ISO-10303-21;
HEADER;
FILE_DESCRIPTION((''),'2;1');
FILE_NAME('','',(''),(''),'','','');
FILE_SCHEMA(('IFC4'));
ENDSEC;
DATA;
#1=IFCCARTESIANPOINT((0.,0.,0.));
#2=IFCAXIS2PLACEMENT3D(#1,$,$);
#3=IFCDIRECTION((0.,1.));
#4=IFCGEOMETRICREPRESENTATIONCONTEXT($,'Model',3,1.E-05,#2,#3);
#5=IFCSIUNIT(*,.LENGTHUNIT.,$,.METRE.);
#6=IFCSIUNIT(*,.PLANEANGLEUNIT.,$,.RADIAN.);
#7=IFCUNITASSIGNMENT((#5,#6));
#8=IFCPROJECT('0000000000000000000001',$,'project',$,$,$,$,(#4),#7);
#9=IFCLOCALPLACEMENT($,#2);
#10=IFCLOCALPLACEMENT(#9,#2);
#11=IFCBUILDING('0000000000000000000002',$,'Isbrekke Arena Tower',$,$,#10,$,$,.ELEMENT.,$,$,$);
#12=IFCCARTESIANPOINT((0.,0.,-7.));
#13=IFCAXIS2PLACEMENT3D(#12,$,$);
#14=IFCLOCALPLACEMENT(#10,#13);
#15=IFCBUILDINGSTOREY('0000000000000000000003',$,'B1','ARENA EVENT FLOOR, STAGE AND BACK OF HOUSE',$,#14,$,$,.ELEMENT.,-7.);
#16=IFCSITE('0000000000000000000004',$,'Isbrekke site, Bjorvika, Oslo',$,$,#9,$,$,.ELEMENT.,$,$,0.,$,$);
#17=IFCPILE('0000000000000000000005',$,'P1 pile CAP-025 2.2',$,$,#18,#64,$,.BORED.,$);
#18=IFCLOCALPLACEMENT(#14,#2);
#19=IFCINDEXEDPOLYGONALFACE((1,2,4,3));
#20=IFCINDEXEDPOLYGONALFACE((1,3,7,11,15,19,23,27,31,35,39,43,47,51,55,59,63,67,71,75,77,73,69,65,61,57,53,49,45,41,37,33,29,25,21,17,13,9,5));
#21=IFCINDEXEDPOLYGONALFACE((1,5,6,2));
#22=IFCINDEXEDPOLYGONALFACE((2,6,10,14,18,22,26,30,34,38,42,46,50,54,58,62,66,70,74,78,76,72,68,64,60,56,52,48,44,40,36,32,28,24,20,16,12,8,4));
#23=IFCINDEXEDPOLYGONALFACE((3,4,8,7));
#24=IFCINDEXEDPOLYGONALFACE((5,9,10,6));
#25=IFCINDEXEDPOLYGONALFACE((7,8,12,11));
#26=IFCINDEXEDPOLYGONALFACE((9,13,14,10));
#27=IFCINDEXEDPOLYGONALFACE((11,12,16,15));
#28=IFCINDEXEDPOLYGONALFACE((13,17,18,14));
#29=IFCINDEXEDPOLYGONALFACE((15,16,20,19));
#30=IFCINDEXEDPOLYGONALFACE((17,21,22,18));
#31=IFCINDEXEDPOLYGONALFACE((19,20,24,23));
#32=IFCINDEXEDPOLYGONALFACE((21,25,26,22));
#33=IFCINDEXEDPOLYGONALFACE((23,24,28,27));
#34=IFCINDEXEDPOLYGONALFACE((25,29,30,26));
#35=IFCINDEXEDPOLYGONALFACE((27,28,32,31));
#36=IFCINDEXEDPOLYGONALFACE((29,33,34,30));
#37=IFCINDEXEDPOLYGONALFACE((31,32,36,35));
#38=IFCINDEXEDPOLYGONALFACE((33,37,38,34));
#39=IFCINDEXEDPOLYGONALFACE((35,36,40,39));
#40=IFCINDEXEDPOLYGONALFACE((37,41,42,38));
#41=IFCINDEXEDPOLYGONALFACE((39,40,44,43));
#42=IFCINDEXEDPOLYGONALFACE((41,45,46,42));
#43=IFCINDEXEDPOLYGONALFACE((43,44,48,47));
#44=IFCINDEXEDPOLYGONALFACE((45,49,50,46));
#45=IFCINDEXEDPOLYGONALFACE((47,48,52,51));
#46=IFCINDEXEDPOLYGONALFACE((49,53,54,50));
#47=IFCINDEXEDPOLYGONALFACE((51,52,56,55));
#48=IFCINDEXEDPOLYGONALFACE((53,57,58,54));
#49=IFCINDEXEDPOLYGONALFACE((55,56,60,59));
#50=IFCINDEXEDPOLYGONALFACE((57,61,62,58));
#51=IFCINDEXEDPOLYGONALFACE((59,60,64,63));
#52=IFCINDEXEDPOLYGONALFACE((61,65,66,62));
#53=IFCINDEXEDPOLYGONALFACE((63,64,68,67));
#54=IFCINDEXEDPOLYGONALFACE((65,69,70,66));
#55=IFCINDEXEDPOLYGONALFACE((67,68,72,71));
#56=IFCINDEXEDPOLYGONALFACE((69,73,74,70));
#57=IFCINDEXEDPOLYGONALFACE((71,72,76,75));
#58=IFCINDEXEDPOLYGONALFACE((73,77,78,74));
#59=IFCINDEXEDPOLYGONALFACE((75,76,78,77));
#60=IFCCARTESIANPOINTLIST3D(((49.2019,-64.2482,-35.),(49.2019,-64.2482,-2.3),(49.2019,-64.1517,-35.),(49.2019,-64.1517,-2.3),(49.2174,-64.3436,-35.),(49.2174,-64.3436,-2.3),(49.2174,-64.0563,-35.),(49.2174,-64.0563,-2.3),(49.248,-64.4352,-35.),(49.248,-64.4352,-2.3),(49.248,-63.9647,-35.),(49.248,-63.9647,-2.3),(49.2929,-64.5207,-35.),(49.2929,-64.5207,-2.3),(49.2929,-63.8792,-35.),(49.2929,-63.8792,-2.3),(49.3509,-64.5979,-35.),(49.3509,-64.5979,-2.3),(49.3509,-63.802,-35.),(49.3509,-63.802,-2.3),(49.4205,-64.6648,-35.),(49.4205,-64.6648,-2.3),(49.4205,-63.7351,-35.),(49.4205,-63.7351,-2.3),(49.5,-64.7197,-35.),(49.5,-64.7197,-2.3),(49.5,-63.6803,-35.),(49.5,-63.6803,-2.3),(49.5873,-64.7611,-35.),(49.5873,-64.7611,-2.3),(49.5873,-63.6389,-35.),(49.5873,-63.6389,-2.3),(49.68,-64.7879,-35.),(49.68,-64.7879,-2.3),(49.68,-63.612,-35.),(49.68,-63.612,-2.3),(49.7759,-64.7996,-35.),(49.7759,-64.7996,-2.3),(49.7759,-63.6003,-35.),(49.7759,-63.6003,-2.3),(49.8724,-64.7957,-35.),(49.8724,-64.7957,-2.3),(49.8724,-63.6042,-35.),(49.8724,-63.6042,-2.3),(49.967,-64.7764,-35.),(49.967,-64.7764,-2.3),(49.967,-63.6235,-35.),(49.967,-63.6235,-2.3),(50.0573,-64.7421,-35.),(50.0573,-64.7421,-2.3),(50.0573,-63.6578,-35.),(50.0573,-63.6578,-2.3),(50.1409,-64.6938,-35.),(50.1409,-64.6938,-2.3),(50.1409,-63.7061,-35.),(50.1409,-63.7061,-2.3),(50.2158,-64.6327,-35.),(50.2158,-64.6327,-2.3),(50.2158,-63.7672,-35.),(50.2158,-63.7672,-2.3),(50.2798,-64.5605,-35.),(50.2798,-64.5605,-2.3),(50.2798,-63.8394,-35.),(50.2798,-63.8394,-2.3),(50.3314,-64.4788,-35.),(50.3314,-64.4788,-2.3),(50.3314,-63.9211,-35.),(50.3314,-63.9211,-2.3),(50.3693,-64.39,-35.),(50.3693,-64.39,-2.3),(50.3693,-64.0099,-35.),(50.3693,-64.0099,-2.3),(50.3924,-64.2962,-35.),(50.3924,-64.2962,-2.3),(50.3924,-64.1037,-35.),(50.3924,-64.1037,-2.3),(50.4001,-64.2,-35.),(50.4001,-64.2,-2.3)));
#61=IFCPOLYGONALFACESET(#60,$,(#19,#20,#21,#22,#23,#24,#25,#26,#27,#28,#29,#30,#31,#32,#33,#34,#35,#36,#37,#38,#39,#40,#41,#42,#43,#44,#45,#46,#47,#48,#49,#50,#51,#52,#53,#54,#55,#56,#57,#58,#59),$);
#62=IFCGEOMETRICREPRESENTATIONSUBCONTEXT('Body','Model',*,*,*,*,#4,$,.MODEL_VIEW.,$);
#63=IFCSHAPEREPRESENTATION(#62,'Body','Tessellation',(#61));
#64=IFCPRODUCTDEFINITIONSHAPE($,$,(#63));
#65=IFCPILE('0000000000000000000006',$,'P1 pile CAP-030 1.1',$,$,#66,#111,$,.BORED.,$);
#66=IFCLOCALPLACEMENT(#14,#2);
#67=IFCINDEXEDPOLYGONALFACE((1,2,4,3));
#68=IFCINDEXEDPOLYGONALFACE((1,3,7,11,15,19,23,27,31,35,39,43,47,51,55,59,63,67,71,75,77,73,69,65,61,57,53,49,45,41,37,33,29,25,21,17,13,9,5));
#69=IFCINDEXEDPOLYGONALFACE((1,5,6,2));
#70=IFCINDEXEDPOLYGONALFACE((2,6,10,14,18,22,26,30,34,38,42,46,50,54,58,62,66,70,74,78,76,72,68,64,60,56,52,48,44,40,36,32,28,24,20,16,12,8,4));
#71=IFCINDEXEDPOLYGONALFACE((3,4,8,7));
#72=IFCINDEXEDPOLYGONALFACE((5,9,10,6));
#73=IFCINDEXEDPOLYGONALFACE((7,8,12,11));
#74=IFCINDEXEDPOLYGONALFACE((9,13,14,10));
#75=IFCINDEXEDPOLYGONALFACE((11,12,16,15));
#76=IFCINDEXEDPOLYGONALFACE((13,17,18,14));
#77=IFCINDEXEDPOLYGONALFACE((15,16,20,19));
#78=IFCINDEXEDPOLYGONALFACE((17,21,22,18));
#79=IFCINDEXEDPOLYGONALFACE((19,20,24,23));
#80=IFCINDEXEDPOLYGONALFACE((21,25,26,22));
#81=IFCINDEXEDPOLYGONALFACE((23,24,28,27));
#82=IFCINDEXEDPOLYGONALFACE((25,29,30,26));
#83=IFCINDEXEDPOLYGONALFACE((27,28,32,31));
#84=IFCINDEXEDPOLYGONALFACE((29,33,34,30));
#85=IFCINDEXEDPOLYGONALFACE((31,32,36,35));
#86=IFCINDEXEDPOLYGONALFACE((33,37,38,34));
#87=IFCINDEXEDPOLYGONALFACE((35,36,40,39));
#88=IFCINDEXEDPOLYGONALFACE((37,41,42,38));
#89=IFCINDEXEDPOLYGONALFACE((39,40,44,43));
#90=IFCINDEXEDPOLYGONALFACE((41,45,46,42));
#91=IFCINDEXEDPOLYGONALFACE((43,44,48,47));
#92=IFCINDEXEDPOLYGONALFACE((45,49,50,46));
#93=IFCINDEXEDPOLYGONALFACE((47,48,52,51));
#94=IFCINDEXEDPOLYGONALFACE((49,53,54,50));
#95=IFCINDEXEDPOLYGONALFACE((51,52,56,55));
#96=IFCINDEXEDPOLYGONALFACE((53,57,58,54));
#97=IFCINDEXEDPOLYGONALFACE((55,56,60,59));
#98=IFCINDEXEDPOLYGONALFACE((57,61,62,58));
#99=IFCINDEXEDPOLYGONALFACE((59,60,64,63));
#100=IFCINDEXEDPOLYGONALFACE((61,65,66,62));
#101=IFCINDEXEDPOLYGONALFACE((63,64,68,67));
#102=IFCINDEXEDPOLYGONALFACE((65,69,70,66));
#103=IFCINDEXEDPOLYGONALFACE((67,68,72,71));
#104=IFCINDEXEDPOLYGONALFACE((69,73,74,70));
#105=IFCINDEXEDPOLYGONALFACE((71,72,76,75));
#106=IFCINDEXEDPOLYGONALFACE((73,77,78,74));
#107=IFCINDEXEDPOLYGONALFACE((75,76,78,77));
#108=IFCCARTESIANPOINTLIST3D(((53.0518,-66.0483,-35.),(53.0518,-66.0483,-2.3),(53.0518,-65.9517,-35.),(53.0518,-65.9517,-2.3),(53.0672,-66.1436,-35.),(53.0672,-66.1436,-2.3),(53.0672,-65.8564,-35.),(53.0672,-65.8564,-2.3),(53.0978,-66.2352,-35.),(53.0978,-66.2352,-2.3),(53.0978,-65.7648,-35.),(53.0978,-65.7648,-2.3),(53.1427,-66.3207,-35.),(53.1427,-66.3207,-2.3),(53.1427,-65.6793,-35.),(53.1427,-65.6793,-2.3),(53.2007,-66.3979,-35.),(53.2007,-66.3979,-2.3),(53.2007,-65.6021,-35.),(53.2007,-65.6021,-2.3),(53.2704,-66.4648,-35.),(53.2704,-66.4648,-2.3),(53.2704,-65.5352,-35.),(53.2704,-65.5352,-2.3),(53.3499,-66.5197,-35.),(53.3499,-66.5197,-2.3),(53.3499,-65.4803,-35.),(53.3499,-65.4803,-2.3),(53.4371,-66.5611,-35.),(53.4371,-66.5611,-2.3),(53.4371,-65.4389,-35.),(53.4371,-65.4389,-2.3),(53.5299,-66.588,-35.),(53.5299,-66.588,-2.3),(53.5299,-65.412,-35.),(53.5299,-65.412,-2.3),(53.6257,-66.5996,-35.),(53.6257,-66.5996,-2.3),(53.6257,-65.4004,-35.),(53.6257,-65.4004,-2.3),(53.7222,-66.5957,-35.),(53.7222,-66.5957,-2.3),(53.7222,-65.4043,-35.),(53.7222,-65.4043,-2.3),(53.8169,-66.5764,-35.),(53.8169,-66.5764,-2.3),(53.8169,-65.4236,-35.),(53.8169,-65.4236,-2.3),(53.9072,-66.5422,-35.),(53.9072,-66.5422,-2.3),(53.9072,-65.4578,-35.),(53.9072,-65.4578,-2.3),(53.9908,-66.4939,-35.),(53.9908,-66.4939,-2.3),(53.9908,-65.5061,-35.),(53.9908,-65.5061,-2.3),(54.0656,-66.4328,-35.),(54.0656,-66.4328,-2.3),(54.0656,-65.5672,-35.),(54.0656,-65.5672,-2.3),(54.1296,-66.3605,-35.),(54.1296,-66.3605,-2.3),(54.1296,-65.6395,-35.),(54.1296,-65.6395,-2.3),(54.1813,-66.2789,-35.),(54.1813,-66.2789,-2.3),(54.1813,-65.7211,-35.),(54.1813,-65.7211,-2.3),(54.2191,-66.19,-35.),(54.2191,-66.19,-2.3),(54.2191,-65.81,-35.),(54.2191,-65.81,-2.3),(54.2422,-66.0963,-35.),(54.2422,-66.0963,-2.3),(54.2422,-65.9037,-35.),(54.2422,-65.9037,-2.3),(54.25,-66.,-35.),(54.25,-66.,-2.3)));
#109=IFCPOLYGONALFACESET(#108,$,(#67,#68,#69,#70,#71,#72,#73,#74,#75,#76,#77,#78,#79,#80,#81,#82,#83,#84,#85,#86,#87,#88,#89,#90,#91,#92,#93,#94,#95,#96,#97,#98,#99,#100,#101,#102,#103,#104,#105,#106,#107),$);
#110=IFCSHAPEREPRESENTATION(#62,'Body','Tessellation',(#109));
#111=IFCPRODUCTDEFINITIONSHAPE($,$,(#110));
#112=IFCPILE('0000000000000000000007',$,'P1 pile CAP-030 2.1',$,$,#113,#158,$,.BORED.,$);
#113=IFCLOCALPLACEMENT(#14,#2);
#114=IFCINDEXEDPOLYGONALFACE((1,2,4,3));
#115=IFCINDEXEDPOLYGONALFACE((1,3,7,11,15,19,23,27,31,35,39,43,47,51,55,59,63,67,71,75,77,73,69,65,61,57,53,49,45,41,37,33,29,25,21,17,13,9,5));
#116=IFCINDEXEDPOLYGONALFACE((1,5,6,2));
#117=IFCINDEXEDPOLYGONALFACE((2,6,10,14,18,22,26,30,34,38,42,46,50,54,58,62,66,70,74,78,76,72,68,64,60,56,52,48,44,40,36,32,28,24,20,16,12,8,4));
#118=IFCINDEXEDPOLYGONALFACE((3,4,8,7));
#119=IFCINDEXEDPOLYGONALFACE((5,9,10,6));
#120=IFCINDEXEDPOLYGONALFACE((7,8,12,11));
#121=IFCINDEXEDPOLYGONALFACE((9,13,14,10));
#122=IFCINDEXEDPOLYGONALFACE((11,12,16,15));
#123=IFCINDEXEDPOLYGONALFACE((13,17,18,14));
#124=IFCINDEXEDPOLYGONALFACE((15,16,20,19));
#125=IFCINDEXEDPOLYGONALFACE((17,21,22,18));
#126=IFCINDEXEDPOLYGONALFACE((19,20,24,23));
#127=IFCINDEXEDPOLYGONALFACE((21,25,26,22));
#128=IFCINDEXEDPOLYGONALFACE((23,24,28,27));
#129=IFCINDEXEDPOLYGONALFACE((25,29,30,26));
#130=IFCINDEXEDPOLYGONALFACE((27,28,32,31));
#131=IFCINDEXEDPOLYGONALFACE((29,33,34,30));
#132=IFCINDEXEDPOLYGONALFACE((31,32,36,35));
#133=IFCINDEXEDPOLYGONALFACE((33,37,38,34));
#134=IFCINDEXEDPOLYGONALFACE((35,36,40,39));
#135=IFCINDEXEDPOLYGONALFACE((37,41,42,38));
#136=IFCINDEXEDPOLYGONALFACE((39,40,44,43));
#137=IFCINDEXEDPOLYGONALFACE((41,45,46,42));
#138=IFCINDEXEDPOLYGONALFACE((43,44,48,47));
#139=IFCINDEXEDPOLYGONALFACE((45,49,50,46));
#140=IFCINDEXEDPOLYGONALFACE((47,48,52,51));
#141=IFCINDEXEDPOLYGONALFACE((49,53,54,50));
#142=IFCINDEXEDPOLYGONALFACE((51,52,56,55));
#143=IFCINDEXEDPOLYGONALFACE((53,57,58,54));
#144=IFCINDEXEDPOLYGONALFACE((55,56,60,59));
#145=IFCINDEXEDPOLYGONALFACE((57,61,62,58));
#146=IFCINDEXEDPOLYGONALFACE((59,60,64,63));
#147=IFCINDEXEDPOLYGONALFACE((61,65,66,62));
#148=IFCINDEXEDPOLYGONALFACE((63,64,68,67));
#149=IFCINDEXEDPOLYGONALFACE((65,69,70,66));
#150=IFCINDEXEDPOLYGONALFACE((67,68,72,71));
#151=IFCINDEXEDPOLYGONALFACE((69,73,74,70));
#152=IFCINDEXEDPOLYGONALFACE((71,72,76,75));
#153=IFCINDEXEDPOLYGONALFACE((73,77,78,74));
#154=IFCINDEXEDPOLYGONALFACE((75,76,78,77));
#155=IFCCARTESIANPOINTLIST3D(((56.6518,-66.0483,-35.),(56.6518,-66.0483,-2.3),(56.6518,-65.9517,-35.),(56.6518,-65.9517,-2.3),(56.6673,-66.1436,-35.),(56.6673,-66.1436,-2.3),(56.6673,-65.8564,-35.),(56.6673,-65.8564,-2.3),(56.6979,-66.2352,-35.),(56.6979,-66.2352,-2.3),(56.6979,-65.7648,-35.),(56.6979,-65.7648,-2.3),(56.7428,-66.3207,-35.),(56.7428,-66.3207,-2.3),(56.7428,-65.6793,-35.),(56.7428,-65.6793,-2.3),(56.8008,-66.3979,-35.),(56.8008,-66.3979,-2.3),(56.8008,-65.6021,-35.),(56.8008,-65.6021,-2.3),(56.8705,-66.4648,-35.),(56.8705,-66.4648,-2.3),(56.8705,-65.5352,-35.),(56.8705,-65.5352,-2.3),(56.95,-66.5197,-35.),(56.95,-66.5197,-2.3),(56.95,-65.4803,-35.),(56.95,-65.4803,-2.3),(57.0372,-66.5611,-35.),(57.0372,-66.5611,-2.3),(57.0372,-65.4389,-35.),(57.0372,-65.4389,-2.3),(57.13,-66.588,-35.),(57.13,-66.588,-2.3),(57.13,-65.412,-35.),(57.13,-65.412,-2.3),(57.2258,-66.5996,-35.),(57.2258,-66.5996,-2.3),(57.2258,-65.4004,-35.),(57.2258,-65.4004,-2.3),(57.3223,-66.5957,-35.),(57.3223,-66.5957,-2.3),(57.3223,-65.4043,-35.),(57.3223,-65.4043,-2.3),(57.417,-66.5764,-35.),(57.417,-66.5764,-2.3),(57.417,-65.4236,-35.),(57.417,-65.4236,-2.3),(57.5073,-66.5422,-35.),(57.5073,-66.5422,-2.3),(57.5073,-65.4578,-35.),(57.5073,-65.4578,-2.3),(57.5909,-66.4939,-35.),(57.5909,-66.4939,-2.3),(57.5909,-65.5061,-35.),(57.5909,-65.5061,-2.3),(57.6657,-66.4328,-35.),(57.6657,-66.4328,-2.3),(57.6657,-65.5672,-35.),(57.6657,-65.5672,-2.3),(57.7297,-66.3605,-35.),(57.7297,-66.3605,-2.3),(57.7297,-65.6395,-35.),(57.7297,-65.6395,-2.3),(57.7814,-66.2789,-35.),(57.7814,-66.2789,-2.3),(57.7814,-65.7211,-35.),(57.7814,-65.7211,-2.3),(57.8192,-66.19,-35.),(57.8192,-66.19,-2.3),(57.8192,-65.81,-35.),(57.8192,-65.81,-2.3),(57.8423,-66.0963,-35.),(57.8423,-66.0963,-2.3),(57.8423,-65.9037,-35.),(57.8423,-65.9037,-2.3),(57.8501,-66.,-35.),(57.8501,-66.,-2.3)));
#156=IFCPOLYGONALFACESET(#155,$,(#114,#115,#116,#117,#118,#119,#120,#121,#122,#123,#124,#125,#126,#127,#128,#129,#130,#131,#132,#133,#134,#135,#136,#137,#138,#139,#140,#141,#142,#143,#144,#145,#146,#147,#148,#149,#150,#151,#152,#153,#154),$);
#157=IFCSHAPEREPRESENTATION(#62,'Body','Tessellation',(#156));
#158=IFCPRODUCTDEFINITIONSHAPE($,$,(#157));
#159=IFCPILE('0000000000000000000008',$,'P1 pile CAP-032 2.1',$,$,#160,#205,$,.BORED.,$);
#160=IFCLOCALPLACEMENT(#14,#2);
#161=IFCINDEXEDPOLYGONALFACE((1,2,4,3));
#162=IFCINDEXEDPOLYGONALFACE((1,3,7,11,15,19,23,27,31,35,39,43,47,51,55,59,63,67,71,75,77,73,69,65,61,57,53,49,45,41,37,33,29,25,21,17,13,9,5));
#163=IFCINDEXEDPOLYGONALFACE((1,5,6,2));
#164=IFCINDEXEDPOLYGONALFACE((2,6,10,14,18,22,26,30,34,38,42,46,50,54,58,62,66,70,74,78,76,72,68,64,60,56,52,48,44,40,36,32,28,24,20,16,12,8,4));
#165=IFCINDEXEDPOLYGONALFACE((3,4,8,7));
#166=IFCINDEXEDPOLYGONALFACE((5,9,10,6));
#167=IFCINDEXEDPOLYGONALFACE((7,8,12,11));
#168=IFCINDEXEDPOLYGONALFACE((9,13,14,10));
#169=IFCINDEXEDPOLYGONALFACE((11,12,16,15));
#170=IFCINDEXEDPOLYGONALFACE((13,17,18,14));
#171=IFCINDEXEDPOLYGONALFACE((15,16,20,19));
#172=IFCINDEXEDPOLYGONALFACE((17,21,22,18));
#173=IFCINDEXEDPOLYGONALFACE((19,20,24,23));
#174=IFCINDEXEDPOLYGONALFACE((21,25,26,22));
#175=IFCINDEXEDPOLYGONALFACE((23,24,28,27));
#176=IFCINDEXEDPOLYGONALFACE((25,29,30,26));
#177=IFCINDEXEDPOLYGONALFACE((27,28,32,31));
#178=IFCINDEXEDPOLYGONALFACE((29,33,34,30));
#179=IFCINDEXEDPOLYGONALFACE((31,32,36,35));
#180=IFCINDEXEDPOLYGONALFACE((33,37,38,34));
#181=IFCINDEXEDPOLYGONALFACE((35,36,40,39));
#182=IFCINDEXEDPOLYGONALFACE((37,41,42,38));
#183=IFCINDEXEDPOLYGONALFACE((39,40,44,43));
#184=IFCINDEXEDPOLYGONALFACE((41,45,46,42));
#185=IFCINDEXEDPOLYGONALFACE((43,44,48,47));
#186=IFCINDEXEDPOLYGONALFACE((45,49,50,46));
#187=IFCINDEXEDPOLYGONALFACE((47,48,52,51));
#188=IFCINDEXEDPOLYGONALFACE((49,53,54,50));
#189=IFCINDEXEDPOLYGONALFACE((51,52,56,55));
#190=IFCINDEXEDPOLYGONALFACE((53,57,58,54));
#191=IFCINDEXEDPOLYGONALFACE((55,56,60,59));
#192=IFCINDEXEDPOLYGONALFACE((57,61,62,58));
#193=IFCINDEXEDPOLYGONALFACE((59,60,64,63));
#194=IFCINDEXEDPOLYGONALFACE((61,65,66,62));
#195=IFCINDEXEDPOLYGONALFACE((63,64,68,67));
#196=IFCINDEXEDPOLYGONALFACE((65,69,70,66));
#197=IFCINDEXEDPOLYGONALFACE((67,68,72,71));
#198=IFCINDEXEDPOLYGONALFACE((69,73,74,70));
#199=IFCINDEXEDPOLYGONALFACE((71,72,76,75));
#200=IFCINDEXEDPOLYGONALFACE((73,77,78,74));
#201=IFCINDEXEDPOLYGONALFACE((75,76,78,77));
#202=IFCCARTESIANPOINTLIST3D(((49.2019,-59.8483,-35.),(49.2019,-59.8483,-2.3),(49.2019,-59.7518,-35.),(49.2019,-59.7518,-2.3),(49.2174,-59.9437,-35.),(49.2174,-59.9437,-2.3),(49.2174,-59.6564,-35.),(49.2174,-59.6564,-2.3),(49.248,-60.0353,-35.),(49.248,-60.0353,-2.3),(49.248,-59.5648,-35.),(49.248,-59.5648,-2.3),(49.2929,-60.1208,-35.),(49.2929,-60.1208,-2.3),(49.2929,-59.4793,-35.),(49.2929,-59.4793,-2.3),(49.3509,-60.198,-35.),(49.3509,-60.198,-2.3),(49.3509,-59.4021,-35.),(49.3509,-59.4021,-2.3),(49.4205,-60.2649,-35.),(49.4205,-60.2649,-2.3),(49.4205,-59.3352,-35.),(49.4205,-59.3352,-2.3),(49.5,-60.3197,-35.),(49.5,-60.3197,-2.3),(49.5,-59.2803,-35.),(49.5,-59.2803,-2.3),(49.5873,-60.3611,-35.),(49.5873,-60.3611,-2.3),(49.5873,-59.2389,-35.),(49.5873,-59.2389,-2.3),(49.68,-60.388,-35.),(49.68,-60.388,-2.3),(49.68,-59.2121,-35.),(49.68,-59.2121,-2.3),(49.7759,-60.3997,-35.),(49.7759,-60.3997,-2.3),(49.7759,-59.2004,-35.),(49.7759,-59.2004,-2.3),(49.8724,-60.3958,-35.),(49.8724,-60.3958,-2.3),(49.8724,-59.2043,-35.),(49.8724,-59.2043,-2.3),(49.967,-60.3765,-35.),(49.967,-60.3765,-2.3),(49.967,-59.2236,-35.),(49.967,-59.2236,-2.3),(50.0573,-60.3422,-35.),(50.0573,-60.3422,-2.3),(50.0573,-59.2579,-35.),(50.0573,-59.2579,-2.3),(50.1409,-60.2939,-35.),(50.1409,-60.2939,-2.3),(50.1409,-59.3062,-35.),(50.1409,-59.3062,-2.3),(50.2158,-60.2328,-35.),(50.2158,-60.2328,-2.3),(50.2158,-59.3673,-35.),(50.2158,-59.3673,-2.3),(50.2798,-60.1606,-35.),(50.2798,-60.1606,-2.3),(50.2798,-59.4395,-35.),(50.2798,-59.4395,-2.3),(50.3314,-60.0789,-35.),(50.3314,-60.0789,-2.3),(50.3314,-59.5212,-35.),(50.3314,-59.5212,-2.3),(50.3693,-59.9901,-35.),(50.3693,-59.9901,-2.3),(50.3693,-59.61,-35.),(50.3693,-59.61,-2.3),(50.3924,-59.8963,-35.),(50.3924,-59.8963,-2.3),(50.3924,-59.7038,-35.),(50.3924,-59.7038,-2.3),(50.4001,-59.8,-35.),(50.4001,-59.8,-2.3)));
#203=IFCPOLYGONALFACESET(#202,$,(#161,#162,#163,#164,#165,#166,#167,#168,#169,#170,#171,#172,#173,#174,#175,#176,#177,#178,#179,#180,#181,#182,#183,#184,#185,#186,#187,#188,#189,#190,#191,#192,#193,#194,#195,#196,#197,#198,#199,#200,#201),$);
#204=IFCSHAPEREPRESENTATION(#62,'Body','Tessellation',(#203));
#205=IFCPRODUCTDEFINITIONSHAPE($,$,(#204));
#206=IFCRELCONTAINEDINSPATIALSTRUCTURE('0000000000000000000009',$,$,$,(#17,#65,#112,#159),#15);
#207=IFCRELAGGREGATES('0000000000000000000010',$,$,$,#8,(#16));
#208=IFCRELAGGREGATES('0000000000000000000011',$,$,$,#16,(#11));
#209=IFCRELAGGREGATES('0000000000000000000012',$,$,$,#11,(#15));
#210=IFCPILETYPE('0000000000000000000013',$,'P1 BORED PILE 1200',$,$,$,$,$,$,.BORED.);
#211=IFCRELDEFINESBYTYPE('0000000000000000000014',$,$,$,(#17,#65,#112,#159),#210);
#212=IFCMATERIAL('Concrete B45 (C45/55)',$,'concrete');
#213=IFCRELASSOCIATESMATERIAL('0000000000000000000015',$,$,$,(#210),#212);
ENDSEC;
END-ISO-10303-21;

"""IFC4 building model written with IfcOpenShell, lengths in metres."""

from ifc_helpers import new_model, si_unit, direction, frame, origin, origin_2d, place, context, subcontext, project, spatial, circle, extrude, material, material_profile, profile_set, type_object, element, save


model = new_model("IFC4")

# Units and contexts
model_context = context("Model", 3, precision=1e-05, world=origin(), true_north=direction((0.0, 1.0)))
body_context = subcontext(model_context, "Body", "Model", "MODEL_VIEW")
ifc_project = project(units=[si_unit("LENGTHUNIT", "METRE"), si_unit("PLANEANGLEUNIT", "RADIAN")], contexts=[model_context])

# Site, building, storey
site_placement = place(None, origin())
site = spatial("IfcSite", under=ifc_project, at=site_placement, Name="Isbrekke site, Bjorvika, Oslo", CompositionType="ELEMENT", RefElevation=0.0)
building_placement = place(site_placement, origin())
building = spatial("IfcBuilding", under=site, at=building_placement, Name="Isbrekke Arena Tower", CompositionType="ELEMENT")
storey_placement = place(building_placement, frame((0.0, 0.0, -7.0)))
storey = spatial("IfcBuildingStorey", under=building, at=storey_placement, Name="B1", Description="ARENA EVENT FLOOR, STAGE AND BACK OF HOUSE", CompositionType="ELEMENT", Elevation=-7.0)

# Piles
ifc_material_1 = material(Name="Concrete B45 (C45/55)", Category="concrete")
ifc_material_profile_1 = material_profile(ifc_material_1, circle(Radius=0.6001, at=origin_2d()), Name="BORED PILE D1200")
ifc_profile_set_1 = profile_set([ifc_material_profile_1], Name="Concrete B45 (C45/55)")
pile_type = type_object("IfcPileType", Name="P1 BORED PILE 1200", PredefinedType="BORED", material=ifc_profile_set_1)
for number, where, z_axis, x_axis, name in (
    (1, (49.8, -64.2, -2.3), (0.0, 0.0, -1.0), (1.0, 0.0, 0.0), "P1 pile CAP-025 2.2"),
    (2, (53.6499, -66.0, -2.3), (0.0, 0.0, -1.0), (1.0, 0.0, 0.0), "P1 pile CAP-030 1.1"),
    (3, (57.25, -66.0, -2.3), (0.0, 0.0, -1.0), (1.0, 0.0, 0.0), "P1 pile CAP-030 2.1"),
    (4, (49.8, -59.8, -2.3), (0.0, 0.0, -1.0), (1.0, 0.0, 0.0), "P1 pile CAP-032 2.1"),
):
    element("IfcPile", number, at=place(storey_placement, frame(where, z_axis=z_axis, x_axis=x_axis)), inside=storey, type_object=pile_type, Name=name, PredefinedType="BORED", context=body_context, shape_type="SweptSolid", body=[
        extrude(circle(Radius=0.6001, at=origin_2d()), origin(), (0.0, 0.0, 1.0), 32.7),
    ])

save(model, "model.ifc")
